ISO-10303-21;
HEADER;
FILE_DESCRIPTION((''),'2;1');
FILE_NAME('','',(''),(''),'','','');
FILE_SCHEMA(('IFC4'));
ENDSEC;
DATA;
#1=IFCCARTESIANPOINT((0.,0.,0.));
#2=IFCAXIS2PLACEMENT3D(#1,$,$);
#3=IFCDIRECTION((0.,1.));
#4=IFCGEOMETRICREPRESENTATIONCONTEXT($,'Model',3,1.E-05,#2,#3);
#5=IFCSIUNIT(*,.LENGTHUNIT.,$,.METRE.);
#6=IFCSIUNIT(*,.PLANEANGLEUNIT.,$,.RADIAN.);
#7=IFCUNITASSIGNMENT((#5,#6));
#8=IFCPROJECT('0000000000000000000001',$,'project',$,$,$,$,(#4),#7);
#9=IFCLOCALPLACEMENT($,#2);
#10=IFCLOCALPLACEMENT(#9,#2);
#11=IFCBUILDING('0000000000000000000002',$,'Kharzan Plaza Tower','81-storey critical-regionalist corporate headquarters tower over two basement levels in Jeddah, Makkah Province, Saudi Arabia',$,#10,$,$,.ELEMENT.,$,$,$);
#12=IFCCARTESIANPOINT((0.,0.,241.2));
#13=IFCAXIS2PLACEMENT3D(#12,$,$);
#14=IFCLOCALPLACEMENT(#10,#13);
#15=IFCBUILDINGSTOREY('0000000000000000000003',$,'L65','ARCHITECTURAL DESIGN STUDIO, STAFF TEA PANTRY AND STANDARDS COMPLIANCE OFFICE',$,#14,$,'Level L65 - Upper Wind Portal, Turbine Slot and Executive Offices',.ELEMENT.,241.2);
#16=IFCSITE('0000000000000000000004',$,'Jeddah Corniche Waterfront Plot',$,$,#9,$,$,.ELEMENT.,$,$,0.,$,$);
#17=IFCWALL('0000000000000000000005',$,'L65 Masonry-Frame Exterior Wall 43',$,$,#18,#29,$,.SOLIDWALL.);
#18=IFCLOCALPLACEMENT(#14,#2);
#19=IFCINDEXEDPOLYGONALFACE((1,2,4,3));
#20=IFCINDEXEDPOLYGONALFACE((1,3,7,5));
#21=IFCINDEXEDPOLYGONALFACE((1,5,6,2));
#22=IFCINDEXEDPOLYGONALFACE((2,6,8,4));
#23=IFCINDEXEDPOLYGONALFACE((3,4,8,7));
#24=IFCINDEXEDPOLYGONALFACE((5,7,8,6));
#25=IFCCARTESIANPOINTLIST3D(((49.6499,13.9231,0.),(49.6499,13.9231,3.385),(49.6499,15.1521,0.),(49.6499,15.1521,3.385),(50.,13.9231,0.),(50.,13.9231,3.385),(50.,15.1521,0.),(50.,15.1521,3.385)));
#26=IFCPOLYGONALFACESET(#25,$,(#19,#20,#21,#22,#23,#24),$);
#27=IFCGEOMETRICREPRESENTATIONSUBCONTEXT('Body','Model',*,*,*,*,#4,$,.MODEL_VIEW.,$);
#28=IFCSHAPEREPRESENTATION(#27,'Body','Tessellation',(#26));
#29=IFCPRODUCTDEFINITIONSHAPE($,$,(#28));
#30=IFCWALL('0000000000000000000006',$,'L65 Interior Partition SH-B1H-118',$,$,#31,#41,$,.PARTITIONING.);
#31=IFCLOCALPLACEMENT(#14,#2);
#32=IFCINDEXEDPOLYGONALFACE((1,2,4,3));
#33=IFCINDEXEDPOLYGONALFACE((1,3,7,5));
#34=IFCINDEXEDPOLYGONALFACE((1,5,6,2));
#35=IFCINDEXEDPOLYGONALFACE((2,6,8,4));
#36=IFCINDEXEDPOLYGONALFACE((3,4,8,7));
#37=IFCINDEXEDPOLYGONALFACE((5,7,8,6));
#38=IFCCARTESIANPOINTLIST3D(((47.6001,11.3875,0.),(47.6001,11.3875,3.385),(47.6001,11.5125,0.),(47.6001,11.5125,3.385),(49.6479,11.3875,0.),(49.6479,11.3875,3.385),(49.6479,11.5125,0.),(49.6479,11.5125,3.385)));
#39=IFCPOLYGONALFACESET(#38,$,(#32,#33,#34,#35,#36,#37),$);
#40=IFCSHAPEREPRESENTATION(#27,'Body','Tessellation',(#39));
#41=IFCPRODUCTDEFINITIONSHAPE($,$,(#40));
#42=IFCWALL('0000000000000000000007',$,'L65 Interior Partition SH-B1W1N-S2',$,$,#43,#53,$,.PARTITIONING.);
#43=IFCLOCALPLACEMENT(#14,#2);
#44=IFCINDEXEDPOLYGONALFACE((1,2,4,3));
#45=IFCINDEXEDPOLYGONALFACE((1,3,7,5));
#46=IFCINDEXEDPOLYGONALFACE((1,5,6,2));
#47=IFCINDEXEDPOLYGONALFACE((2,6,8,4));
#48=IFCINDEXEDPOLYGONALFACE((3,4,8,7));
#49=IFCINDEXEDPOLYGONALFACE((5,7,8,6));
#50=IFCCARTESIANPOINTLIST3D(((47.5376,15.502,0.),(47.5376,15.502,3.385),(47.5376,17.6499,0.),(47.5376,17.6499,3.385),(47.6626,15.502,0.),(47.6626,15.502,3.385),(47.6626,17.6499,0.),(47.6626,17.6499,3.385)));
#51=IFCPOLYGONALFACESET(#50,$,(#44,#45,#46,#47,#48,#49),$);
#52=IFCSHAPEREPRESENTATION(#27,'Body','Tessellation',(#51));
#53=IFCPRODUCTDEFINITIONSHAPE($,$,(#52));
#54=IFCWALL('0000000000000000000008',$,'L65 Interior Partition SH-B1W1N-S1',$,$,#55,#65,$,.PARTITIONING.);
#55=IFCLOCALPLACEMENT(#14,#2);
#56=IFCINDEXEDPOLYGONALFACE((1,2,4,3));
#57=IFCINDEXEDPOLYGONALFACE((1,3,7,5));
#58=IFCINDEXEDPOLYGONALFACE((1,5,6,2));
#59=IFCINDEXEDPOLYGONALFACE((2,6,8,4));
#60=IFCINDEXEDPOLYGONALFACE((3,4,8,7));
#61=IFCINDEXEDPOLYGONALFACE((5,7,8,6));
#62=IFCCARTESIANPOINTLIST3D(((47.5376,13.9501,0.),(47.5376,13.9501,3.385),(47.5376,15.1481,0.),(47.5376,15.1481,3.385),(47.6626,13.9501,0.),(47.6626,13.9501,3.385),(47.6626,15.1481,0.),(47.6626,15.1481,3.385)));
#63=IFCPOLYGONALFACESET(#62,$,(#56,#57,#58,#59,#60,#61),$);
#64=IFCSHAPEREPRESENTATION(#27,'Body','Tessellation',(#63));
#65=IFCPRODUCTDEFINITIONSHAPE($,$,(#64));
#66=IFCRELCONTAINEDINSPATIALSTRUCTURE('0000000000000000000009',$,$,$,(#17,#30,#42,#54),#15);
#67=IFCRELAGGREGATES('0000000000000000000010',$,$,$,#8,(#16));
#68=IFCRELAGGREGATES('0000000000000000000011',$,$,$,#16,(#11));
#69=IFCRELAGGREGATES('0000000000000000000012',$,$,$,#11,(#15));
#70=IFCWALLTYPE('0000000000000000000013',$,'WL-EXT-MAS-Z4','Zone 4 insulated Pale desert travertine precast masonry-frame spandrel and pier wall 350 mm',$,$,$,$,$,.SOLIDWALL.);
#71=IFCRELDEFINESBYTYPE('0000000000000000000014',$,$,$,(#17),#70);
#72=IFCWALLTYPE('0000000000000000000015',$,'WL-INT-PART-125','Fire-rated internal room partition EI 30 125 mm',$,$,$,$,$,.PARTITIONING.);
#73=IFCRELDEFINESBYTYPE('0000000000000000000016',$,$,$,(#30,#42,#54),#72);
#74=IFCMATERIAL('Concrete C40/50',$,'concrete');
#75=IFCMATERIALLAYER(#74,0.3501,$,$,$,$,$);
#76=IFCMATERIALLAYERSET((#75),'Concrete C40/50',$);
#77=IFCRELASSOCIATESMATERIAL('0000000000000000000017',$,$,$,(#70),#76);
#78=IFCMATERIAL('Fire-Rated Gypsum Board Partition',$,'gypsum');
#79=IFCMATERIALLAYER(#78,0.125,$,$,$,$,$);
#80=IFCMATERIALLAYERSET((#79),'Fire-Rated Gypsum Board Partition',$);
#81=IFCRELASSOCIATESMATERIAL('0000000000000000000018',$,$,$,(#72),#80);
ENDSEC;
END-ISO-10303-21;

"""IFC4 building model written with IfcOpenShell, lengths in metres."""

from ifc_helpers import new_model, si_unit, direction, frame, frame_2d, origin, place, context, subcontext, project, spatial, rectangle, extrude, source, transform, mapped, material, layer, layer_set, type_object, element, save


model = new_model("IFC4")

# Units and contexts
model_context = context("Model", 3, precision=1e-05, world=origin(), true_north=direction((0.0, 1.0)))
body_context = subcontext(model_context, "Body", "Model", "MODEL_VIEW")
ifc_project = project(units=[si_unit("LENGTHUNIT", "METRE"), si_unit("PLANEANGLEUNIT", "RADIAN")], contexts=[model_context])

# Site, building, storey
site_placement = place(None, origin())
site = spatial("IfcSite", under=ifc_project, at=site_placement, Name="Jeddah Corniche Waterfront Plot", CompositionType="ELEMENT", RefElevation=0.0)
building_placement = place(site_placement, origin())
building = spatial("IfcBuilding", under=site, at=building_placement, Name="Kharzan Plaza Tower", Description="81-storey critical-regionalist corporate headquarters tower over two basement levels in Jeddah, Makkah Province, Saudi Arabia", CompositionType="ELEMENT")
storey_placement = place(building_placement, frame((0.0, 0.0, 241.2)))
storey = spatial("IfcBuildingStorey", under=building, at=storey_placement, Name="L65", Description="ARCHITECTURAL DESIGN STUDIO, STAFF TEA PANTRY AND STANDARDS COMPLIANCE OFFICE", LongName="Level L65 - Upper Wind Portal, Turbine Slot and Executive Offices", CompositionType="ELEMENT", Elevation=241.2)

# Shared definitions
ifc_material_1 = material(Name="Concrete C40/50", Category="concrete")
ifc_layer_1 = layer(ifc_material_1, 0.3501)
ifc_layer_set_1 = layer_set([ifc_layer_1], Name="Concrete C40/50")
wall_type_1 = type_object("IfcWallType", Name="WL-EXT-MAS-Z4", Description="Zone 4 insulated Pale desert travertine precast masonry-frame spandrel and pier wall 350 mm", PredefinedType="SOLIDWALL", material=ifc_layer_set_1)

# Shared definitions
ifc_material_2 = material(Name="Fire-Rated Gypsum Board Partition", Category="gypsum")
ifc_layer_2 = layer(ifc_material_2, 0.125)
ifc_layer_set_2 = layer_set([ifc_layer_2], Name="Fire-Rated Gypsum Board Partition")
wall_type_2 = type_object("IfcWallType", Name="WL-INT-PART-125", Description="Fire-rated internal room partition EI 30 125 mm", PredefinedType="PARTITIONING", material=ifc_layer_set_2)

# Walls
shared_shape_1 = source(origin(), body_context, "Body", "SweptSolid", [
    extrude(rectangle(XDim=1.229, YDim=0.3501, at=frame_2d((0.6145, 0.0))), origin(), (0.0, 0.0, 1.0), 3.385),
])
wall_1_placement = place(storey_placement, frame((49.825, 13.9231, 0.0), z_axis=(0.0, 0.0, 1.0), x_axis=(0.0, 1.0, 0.0)))
element("IfcWall", 1, at=wall_1_placement, inside=storey, type_object=wall_type_1, Name="L65 Masonry-Frame Exterior Wall 43", PredefinedType="SOLIDWALL", context=body_context, shape_type="MappedRepresentation", body=[
    mapped(shared_shape_1, transform((0.0, 0.0, 0.0), x_axis=(1.0, 0.0, 0.0), y_axis=(0.0, 1.0, 0.0), z_axis=(0.0, 0.0, 1.0))),
])
shared_shape_2 = source(origin(), body_context, "Body", "SweptSolid", [
    extrude(rectangle(XDim=2.0479, YDim=0.125, at=frame_2d((1.0239, 0.0))), origin(), (0.0, 0.0, 1.0), 3.385),
])
wall_2_placement = place(storey_placement, frame((47.6001, 11.45, 0.0), z_axis=(0.0, 0.0, 1.0), x_axis=(1.0, 0.0, 0.0)))
element("IfcWall", 2, at=wall_2_placement, inside=storey, type_object=wall_type_2, Name="L65 Interior Partition SH-B1H-118", PredefinedType="PARTITIONING", context=body_context, shape_type="MappedRepresentation", body=[
    mapped(shared_shape_2, transform((0.0, 0.0, 0.0), x_axis=(1.0, 0.0, 0.0), y_axis=(0.0, 1.0, 0.0), z_axis=(0.0, 0.0, 1.0))),
])
shared_shape_3 = source(origin(), body_context, "Body", "SweptSolid", [
    extrude(rectangle(XDim=2.1479, YDim=0.125, at=frame_2d((1.074, 0.0))), origin(), (0.0, 0.0, 1.0), 3.385),
])
wall_3_placement = place(storey_placement, frame((47.6001, 15.502, 0.0), z_axis=(0.0, 0.0, 1.0), x_axis=(0.0, 1.0, 0.0)))
element("IfcWall", 3, at=wall_3_placement, inside=storey, type_object=wall_type_2, Name="L65 Interior Partition SH-B1W1N-S2", PredefinedType="PARTITIONING", context=body_context, shape_type="MappedRepresentation", body=[
    mapped(shared_shape_3, transform((0.0, 0.0, 0.0), x_axis=(1.0, 0.0, 0.0), y_axis=(0.0, 1.0, 0.0), z_axis=(0.0, 0.0, 1.0))),
])
shared_shape_4 = source(origin(), body_context, "Body", "SweptSolid", [
    extrude(rectangle(XDim=1.198, YDim=0.125, at=frame_2d((0.5991, 0.0))), origin(), (0.0, 0.0, 1.0), 3.385),
])
wall_4_placement = place(storey_placement, frame((47.6001, 13.95, 0.0), z_axis=(0.0, 0.0, 1.0), x_axis=(0.0, 1.0, 0.0)))
element("IfcWall", 4, at=wall_4_placement, inside=storey, type_object=wall_type_2, Name="L65 Interior Partition SH-B1W1N-S1", PredefinedType="PARTITIONING", context=body_context, shape_type="MappedRepresentation", body=[
    mapped(shared_shape_4, transform((0.0, 0.0, 0.0), x_axis=(1.0, 0.0, 0.0), y_axis=(0.0, 1.0, 0.0), z_axis=(0.0, 0.0, 1.0))),
])

save(model, "model.ifc")
